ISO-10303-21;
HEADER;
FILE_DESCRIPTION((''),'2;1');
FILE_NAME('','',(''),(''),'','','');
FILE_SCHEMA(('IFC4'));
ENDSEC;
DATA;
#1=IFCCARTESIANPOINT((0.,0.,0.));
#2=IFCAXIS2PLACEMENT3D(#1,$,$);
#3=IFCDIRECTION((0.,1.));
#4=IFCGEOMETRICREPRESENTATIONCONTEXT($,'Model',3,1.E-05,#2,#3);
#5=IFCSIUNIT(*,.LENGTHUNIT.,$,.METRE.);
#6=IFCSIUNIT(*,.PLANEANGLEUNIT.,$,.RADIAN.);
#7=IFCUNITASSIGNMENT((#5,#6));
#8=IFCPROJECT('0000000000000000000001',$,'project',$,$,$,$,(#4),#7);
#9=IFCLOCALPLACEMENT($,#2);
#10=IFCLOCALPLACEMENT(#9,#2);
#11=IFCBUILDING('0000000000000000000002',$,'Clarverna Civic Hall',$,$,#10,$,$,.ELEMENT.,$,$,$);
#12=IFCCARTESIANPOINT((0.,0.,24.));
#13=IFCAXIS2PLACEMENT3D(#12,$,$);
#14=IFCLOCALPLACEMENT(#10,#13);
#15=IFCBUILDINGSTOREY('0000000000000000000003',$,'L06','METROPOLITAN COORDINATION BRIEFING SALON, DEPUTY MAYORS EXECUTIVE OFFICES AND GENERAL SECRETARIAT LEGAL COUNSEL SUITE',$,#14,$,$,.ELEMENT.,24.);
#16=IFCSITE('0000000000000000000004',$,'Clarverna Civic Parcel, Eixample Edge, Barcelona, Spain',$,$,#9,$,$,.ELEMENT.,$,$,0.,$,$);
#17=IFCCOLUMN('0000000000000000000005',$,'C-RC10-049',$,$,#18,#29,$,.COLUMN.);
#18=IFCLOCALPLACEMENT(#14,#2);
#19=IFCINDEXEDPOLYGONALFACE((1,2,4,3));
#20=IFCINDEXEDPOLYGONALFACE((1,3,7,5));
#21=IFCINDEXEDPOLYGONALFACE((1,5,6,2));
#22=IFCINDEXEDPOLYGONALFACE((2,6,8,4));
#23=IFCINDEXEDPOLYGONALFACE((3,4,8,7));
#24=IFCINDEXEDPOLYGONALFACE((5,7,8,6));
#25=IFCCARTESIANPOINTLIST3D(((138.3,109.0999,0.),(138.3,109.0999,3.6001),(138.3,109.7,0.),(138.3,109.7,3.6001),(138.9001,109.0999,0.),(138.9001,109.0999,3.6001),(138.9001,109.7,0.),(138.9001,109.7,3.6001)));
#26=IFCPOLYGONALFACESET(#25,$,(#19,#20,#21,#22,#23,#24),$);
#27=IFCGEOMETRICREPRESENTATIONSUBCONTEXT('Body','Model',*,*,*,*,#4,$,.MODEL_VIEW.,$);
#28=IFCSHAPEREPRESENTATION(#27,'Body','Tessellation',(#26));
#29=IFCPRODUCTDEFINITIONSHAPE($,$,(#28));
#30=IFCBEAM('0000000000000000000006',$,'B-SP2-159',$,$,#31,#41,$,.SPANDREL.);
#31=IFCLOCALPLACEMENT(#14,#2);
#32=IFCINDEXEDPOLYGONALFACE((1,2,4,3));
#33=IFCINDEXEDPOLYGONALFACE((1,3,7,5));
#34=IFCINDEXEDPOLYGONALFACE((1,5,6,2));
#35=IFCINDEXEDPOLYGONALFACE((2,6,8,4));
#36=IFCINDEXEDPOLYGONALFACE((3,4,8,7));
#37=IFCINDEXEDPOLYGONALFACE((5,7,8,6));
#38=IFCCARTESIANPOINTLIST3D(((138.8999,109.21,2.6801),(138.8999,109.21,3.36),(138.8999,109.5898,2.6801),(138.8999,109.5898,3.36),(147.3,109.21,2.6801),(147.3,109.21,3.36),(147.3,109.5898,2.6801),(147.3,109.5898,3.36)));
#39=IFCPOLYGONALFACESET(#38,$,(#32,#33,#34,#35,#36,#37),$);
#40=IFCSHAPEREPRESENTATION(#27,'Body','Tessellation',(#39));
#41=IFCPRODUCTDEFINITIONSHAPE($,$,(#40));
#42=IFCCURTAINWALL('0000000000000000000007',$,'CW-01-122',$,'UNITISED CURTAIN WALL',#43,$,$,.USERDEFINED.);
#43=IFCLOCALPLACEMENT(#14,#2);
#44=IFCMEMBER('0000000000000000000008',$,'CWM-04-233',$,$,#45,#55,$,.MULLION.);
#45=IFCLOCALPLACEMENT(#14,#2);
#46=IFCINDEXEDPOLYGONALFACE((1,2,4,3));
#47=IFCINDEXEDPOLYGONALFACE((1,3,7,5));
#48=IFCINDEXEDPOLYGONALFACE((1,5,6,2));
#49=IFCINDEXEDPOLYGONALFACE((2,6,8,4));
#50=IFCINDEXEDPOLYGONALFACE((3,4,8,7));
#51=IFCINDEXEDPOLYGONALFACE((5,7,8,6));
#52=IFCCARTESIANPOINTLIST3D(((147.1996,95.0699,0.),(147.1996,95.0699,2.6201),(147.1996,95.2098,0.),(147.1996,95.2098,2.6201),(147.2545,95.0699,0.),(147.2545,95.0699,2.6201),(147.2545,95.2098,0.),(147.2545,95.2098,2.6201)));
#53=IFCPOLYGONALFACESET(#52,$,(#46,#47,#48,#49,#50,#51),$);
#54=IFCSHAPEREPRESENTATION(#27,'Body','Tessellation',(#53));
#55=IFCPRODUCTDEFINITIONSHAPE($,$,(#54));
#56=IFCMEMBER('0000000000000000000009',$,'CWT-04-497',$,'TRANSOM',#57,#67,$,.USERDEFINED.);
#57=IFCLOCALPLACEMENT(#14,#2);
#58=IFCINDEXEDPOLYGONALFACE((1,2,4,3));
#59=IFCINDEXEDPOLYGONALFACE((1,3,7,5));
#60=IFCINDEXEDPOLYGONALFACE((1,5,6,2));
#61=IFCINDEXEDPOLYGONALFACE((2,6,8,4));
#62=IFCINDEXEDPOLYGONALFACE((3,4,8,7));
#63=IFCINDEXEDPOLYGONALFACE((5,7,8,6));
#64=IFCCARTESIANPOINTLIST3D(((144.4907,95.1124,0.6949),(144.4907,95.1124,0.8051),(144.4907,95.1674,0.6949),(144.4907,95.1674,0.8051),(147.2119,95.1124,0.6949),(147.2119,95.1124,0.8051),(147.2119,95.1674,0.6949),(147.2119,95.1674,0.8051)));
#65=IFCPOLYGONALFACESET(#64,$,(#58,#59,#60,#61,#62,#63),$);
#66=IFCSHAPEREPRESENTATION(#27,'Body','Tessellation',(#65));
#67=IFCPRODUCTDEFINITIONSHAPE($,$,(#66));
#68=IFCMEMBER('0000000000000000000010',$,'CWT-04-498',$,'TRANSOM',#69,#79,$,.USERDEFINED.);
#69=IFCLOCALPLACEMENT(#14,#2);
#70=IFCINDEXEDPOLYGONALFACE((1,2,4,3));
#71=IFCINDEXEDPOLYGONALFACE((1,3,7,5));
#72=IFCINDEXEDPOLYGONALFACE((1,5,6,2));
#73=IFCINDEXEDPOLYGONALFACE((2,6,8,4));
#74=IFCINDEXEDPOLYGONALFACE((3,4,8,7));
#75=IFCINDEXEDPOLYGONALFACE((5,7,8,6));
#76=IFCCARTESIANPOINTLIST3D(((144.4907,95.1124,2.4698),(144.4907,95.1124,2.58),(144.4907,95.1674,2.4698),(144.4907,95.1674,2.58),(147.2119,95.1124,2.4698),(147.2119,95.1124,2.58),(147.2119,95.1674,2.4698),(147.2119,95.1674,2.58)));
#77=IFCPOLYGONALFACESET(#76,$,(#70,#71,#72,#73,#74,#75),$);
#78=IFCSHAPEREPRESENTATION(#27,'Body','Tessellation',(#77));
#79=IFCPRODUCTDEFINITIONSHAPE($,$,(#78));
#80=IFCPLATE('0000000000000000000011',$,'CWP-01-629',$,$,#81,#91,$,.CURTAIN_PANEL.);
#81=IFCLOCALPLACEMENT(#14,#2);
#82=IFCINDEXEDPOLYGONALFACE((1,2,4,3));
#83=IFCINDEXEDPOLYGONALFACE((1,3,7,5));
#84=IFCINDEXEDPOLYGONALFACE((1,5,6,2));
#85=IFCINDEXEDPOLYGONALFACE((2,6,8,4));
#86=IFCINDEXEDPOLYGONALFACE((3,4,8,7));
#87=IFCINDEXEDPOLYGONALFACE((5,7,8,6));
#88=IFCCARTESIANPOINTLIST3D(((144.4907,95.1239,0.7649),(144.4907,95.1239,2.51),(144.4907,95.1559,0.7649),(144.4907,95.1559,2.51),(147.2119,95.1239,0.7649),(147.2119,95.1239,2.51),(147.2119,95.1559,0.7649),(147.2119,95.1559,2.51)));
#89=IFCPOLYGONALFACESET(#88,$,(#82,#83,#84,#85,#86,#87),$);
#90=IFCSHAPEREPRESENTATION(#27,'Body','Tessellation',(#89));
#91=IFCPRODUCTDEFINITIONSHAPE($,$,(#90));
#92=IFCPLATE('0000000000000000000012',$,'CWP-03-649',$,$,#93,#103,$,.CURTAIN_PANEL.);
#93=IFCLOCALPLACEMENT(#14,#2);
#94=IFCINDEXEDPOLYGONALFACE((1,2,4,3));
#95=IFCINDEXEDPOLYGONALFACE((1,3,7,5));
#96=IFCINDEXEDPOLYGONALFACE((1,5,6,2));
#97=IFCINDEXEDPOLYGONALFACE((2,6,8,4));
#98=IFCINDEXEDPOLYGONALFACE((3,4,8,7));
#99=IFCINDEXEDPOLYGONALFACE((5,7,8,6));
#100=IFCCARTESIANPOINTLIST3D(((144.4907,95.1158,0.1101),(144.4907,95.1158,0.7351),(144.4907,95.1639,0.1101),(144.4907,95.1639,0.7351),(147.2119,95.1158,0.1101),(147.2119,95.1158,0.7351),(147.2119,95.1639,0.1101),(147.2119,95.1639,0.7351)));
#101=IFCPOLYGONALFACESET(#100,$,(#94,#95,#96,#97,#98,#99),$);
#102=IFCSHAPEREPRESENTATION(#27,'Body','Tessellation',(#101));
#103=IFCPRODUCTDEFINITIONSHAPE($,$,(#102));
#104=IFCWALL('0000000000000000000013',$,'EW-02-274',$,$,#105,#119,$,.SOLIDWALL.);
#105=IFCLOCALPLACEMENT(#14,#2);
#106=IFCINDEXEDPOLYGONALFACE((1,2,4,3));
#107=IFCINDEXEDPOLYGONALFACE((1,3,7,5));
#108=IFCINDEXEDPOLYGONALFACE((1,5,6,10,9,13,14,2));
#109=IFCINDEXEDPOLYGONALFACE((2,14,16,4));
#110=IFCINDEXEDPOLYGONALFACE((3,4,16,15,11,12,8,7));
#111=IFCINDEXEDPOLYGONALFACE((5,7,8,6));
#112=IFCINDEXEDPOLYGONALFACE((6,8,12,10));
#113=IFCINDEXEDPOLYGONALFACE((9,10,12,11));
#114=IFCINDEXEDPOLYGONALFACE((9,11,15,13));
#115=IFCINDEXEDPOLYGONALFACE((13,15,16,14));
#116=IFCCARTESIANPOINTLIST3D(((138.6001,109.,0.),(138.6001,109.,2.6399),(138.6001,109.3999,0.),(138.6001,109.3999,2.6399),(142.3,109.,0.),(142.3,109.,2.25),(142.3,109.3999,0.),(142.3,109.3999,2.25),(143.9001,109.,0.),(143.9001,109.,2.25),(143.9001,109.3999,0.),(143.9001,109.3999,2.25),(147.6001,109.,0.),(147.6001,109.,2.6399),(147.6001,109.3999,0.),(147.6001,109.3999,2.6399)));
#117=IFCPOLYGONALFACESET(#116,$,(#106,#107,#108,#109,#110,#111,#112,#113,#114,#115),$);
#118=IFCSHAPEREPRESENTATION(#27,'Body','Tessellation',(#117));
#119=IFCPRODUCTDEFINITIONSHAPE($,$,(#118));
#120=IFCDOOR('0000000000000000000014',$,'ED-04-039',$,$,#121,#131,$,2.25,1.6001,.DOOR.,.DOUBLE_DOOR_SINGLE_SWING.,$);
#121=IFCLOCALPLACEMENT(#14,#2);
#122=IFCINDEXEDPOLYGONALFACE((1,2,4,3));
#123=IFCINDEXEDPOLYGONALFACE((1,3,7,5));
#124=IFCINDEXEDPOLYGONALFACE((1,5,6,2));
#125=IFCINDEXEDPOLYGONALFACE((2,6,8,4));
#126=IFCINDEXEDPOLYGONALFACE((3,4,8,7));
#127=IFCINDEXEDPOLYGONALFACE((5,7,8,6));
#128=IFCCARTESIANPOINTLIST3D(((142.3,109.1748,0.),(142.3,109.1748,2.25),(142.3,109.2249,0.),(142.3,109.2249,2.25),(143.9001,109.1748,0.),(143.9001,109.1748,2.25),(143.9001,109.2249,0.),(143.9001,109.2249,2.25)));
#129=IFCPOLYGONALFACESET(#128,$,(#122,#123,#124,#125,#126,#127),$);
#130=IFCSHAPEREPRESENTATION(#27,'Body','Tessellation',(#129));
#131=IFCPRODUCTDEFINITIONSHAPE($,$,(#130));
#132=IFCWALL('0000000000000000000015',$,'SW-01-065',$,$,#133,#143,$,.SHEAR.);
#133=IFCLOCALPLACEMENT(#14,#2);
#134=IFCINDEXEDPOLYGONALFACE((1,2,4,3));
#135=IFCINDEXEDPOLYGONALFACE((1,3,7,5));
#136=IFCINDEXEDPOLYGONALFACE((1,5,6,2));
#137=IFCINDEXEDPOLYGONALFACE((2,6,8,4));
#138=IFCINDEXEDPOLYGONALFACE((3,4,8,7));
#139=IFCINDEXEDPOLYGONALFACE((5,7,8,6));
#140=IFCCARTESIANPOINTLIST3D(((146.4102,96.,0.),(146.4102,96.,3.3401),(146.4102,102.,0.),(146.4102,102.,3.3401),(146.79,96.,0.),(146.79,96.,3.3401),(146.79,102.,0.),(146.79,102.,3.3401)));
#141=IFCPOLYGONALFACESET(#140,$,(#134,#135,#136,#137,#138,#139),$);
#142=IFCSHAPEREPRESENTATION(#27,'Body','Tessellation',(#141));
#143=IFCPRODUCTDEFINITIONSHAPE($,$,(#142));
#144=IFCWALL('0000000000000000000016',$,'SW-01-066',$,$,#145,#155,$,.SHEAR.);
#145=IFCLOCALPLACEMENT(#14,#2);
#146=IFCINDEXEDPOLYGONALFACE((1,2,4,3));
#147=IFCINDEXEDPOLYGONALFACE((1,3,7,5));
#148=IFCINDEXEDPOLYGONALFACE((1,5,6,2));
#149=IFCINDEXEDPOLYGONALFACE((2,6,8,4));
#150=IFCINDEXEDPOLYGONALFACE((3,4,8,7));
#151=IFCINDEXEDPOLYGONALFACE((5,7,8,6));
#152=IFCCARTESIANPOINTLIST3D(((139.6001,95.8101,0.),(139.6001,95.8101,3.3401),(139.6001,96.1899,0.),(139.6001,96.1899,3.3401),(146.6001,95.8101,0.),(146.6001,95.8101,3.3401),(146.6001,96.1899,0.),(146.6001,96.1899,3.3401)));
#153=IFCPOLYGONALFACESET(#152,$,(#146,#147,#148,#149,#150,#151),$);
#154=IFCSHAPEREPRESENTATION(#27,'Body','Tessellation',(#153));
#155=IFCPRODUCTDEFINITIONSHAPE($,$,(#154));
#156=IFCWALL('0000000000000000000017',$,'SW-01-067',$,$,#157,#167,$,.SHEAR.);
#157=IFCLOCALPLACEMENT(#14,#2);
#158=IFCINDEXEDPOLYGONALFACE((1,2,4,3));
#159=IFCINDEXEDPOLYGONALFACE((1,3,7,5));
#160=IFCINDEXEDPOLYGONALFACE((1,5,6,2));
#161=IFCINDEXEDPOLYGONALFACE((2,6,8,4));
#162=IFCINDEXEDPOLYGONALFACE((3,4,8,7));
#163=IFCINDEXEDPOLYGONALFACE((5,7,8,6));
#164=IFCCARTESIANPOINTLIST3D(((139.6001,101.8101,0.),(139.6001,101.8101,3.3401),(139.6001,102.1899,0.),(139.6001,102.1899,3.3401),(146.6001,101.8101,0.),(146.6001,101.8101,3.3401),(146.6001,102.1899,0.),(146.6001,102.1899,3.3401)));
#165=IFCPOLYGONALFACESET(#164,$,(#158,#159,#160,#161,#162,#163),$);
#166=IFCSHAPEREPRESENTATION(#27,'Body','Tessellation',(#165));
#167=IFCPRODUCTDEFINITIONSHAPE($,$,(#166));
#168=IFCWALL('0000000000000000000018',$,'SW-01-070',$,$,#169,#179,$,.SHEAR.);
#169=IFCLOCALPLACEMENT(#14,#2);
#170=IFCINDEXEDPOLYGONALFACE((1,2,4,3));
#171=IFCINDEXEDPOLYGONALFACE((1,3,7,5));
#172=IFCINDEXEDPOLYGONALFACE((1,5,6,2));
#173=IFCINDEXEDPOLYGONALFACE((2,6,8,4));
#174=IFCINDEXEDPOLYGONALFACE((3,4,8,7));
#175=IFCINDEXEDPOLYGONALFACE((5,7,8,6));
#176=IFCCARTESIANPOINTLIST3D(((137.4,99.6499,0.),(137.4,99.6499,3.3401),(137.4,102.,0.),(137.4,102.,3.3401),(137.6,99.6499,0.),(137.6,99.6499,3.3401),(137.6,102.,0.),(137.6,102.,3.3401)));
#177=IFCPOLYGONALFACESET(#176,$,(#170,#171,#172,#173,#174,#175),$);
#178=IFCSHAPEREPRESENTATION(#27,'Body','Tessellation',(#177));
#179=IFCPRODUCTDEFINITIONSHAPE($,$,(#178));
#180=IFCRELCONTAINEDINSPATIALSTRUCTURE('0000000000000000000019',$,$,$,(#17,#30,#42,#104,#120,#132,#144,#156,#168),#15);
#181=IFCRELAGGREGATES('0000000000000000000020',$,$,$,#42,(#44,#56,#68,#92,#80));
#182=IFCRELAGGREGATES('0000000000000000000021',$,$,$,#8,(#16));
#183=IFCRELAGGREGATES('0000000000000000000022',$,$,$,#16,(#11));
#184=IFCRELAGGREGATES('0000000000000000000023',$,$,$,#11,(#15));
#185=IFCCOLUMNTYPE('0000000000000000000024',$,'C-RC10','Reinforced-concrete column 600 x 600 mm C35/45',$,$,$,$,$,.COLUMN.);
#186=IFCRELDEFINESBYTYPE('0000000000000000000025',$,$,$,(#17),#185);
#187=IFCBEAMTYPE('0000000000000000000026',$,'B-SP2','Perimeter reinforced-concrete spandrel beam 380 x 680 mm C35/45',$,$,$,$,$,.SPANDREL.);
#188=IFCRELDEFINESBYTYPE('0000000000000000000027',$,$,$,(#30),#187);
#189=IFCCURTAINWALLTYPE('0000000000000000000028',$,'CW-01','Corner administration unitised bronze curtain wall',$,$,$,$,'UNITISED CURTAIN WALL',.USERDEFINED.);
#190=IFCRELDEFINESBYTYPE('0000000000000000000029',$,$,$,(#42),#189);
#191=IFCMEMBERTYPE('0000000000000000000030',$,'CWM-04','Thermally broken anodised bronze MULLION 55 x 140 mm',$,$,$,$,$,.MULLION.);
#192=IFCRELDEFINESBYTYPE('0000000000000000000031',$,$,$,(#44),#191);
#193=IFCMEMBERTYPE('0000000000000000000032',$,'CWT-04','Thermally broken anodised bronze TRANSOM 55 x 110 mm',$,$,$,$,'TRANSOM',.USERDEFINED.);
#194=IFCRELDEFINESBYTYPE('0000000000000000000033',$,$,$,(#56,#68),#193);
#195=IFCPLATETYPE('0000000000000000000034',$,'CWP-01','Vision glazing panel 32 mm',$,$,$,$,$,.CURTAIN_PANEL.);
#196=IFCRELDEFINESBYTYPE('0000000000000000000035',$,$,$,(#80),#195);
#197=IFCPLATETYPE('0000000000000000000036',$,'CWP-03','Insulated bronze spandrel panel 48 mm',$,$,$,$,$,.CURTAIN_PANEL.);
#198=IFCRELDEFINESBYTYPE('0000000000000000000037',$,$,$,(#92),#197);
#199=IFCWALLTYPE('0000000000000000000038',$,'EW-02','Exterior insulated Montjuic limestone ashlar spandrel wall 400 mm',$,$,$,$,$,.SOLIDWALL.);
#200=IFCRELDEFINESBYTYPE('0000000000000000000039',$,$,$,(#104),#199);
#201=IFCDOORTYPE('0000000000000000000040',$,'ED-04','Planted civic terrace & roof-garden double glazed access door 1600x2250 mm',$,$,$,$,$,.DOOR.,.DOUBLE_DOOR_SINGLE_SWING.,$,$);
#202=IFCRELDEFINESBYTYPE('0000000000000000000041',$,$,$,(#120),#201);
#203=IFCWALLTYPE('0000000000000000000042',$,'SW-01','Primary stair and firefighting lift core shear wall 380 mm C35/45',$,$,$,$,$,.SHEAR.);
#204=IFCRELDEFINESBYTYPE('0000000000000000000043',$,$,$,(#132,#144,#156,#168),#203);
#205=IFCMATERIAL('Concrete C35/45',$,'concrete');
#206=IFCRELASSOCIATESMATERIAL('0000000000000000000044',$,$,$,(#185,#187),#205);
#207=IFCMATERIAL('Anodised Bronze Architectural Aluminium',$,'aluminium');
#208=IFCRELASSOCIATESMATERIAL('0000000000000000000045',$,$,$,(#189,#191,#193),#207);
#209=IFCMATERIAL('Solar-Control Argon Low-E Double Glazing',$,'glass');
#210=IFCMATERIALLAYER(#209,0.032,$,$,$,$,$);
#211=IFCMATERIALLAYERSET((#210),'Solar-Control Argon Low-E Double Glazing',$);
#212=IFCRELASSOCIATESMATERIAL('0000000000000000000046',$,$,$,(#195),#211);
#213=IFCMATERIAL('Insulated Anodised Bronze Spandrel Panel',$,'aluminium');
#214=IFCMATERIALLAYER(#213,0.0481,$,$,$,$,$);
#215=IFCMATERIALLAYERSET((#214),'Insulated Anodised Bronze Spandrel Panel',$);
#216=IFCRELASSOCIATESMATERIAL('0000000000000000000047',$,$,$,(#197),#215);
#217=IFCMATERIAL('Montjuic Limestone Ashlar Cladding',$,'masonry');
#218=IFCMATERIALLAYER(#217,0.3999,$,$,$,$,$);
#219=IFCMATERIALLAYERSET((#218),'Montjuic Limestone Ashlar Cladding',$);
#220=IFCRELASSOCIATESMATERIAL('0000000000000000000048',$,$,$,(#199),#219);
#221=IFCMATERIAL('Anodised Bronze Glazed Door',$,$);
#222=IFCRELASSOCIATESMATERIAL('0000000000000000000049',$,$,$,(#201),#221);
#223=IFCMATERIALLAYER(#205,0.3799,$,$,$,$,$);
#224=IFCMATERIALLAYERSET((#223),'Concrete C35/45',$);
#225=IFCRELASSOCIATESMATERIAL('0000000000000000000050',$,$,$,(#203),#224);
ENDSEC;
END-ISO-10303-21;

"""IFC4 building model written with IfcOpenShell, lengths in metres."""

from ifc_helpers import new_model, si_unit, direction, frame, frame_2d, origin, origin_2d, place, context, subcontext, project, spatial, rectangle, extrude, material, layer, layer_set, material_profile, profile_set, type_object, element, fill, aggregate, save


model = new_model("IFC4")

# Units and contexts
model_context = context("Model", 3, precision=1e-05, world=origin(), true_north=direction((0.0, 1.0)))
body_context = subcontext(model_context, "Body", "Model", "MODEL_VIEW")
ifc_project = project(units=[si_unit("LENGTHUNIT", "METRE"), si_unit("PLANEANGLEUNIT", "RADIAN")], contexts=[model_context])

# Site, building, storey
site_placement = place(None, origin())
site = spatial("IfcSite", under=ifc_project, at=site_placement, Name="Clarverna Civic Parcel, Eixample Edge, Barcelona, Spain", CompositionType="ELEMENT", RefElevation=0.0)
building_placement = place(site_placement, origin())
building = spatial("IfcBuilding", under=site, at=building_placement, Name="Clarverna Civic Hall", CompositionType="ELEMENT")
storey_placement = place(building_placement, frame((0.0, 0.0, 24.0)))
storey = spatial("IfcBuildingStorey", under=building, at=storey_placement, Name="L06", Description="METROPOLITAN COORDINATION BRIEFING SALON, DEPUTY MAYORS EXECUTIVE OFFICES AND GENERAL SECRETARIAT LEGAL COUNSEL SUITE", CompositionType="ELEMENT", Elevation=24.0)

# Column
ifc_material_1 = material(Name="Concrete C35/45", Category="concrete")
ifc_material_profile_1 = material_profile(ifc_material_1, rectangle(XDim=0.6001, YDim=0.6001, at=origin_2d()), Name="RC 600x600")
ifc_profile_set_1 = profile_set([ifc_material_profile_1], Name="Concrete C35/45")
column_type = type_object("IfcColumnType", Name="C-RC10", Description="Reinforced-concrete column 600 x 600 mm C35/45", PredefinedType="COLUMN", material=ifc_profile_set_1)
column_placement = place(storey_placement, frame((138.6001, 109.3999, 0.0), z_axis=(0.0, 0.0, 1.0), x_axis=(1.0, 0.0, 0.0)))
element("IfcColumn", 1, at=column_placement, inside=storey, type_object=column_type, Name="C-RC10-049", PredefinedType="COLUMN", context=body_context, shape_type="SweptSolid", body=[
    extrude(rectangle(XDim=0.6001, YDim=0.6001, at=origin_2d()), origin(), (0.0, 0.0, 1.0), 3.6001),
])

# Beam
ifc_material_profile_2 = material_profile(ifc_material_1, rectangle(XDim=0.3799, YDim=0.6799, at=origin_2d()), Name="RC 380x680")
ifc_profile_set_2 = profile_set([ifc_material_profile_2], Name="Concrete C35/45")
beam_type = type_object("IfcBeamType", Name="B-SP2", Description="Perimeter reinforced-concrete spandrel beam 380 x 680 mm C35/45", PredefinedType="SPANDREL", material=ifc_profile_set_2)
beam_placement = place(storey_placement, frame((138.8999, 109.3999, 3.02), z_axis=(1.0, 0.0, 0.0), x_axis=(0.0, 1.0, 0.0)))
element("IfcBeam", 2, at=beam_placement, inside=storey, type_object=beam_type, Name="B-SP2-159", PredefinedType="SPANDREL", context=body_context, shape_type="SweptSolid", body=[
    extrude(rectangle(XDim=0.3799, YDim=0.6799, at=origin_2d()), origin(), (0.0, 0.0, 1.0), 8.4001),
])

# Curtain wall, members, plates
ifc_material_2 = material(Name="Anodised Bronze Architectural Aluminium", Category="aluminium")
curtain_wall_type = type_object("IfcCurtainWallType", Name="CW-01", Description="Corner administration unitised bronze curtain wall", ElementType="UNITISED CURTAIN WALL", PredefinedType="USERDEFINED", material=ifc_material_2)
curtain_wall_placement = place(storey_placement, origin())
curtain_wall = element("IfcCurtainWall", 3, at=curtain_wall_placement, inside=storey, type_object=curtain_wall_type, Name="CW-01-122", ObjectType="UNITISED CURTAIN WALL", PredefinedType="USERDEFINED")
ifc_material_profile_3 = material_profile(ifc_material_2, rectangle(XDim=0.0549, YDim=0.1399, at=origin_2d()), Name="BRONZE 55x140")
ifc_profile_set_3 = profile_set([ifc_material_profile_3], Name="Anodised Bronze Architectural Aluminium")
member_type_1 = type_object("IfcMemberType", Name="CWM-04", Description="Thermally broken anodised bronze MULLION 55 x 140 mm", PredefinedType="MULLION", material=ifc_profile_set_3)
member_1_placement = place(storey_placement, frame((147.2271, 95.1399, 0.0), z_axis=(0.0, 0.0, 1.0), x_axis=(1.0, 0.0, 0.0)))
member_1 = element("IfcMember", 4, at=member_1_placement, type_object=member_type_1, Name="CWM-04-233", PredefinedType="MULLION", context=body_context, shape_type="SweptSolid", body=[
    extrude(rectangle(XDim=0.0549, YDim=0.1399, at=origin_2d()), origin(), (0.0, 0.0, 1.0), 2.6201),
])
ifc_material_profile_4 = material_profile(ifc_material_2, rectangle(XDim=0.0549, YDim=0.1101, at=origin_2d()), Name="BRONZE 55x110")
ifc_profile_set_4 = profile_set([ifc_material_profile_4], Name="Anodised Bronze Architectural Aluminium")
member_type_2 = type_object("IfcMemberType", Name="CWT-04", Description="Thermally broken anodised bronze TRANSOM 55 x 110 mm", ElementType="TRANSOM", PredefinedType="USERDEFINED", material=ifc_profile_set_4)
member_2_placement = place(storey_placement, frame((147.2119, 95.1399, 0.75), z_axis=(-1.0, 0.0, 0.0), x_axis=(0.0, -1.0, 0.0)))
member_2 = element("IfcMember", 5, at=member_2_placement, type_object=member_type_2, Name="CWT-04-497", ObjectType="TRANSOM", PredefinedType="USERDEFINED", context=body_context, shape_type="SweptSolid", body=[
    extrude(rectangle(XDim=0.0549, YDim=0.1101, at=origin_2d()), origin(), (0.0, 0.0, 1.0), 2.7212),
])
member_3_placement = place(storey_placement, frame((147.2119, 95.1399, 2.5249), z_axis=(-1.0, 0.0, 0.0), x_axis=(0.0, -1.0, 0.0)))
member_3 = element("IfcMember", 6, at=member_3_placement, type_object=member_type_2, Name="CWT-04-498", ObjectType="TRANSOM", PredefinedType="USERDEFINED", context=body_context, shape_type="SweptSolid", body=[
    extrude(rectangle(XDim=0.0549, YDim=0.1101, at=origin_2d()), origin(), (0.0, 0.0, 1.0), 2.7212),
])
ifc_material_3 = material(Name="Solar-Control Argon Low-E Double Glazing", Category="glass")
ifc_layer_1 = layer(ifc_material_3, 0.032)
ifc_layer_set_1 = layer_set([ifc_layer_1], Name="Solar-Control Argon Low-E Double Glazing")
plate_type_1 = type_object("IfcPlateType", Name="CWP-01", Description="Vision glazing panel 32 mm", PredefinedType="CURTAIN_PANEL", material=ifc_layer_set_1)
plate_1_placement = place(storey_placement, frame((147.2119, 95.1399, 0.7649), z_axis=(0.0, 0.0, 1.0), x_axis=(-1.0, 0.0, 0.0)))
plate_1 = element("IfcPlate", 7, at=plate_1_placement, type_object=plate_type_1, Name="CWP-01-629", PredefinedType="CURTAIN_PANEL", context=body_context, shape_type="SweptSolid", body=[
    extrude(rectangle(XDim=2.7212, YDim=0.032, at=frame_2d((1.3606, 0.0))), origin(), (0.0, 0.0, 1.0), 1.7451),
])
ifc_material_4 = material(Name="Insulated Anodised Bronze Spandrel Panel", Category="aluminium")
ifc_layer_2 = layer(ifc_material_4, 0.0481)
ifc_layer_set_2 = layer_set([ifc_layer_2], Name="Insulated Anodised Bronze Spandrel Panel")
plate_type_2 = type_object("IfcPlateType", Name="CWP-03", Description="Insulated bronze spandrel panel 48 mm", PredefinedType="CURTAIN_PANEL", material=ifc_layer_set_2)
plate_2_placement = place(storey_placement, frame((147.2119, 95.1399, 0.1101), z_axis=(0.0, 0.0, 1.0), x_axis=(-1.0, 0.0, 0.0)))
plate_2 = element("IfcPlate", 8, at=plate_2_placement, type_object=plate_type_2, Name="CWP-03-649", PredefinedType="CURTAIN_PANEL", context=body_context, shape_type="SweptSolid", body=[
    extrude(rectangle(XDim=2.7212, YDim=0.0481, at=frame_2d((1.3606, 0.0))), origin(), (0.0, 0.0, 1.0), 0.625),
])
aggregate(curtain_wall, [member_1, member_2, member_3, plate_2, plate_1])

# Wall, opening, door
ifc_material_5 = material(Name="Montjuic Limestone Ashlar Cladding", Category="masonry")
ifc_layer_3 = layer(ifc_material_5, 0.3999)
ifc_layer_set_3 = layer_set([ifc_layer_3], Name="Montjuic Limestone Ashlar Cladding")
wall_type_1 = type_object("IfcWallType", Name="EW-02", Description="Exterior insulated Montjuic limestone ashlar spandrel wall 400 mm", PredefinedType="SOLIDWALL", material=ifc_layer_set_3)
wall_1_placement = place(storey_placement, frame((138.6001, 109.2, 0.0), z_axis=(0.0, 0.0, 1.0), x_axis=(1.0, 0.0, 0.0)))
wall_1 = element("IfcWall", 9, at=wall_1_placement, inside=storey, type_object=wall_type_1, Name="EW-02-274", PredefinedType="SOLIDWALL", context=body_context, shape_type="SweptSolid", body=[
    extrude(rectangle(XDim=9.0, YDim=0.3999, at=frame_2d((4.5, 0.0))), origin(), (0.0, 0.0, 1.0), 2.6399),
])
opening_1_placement = place(wall_1_placement, frame((3.7, 0.0, 0.0)))
opening_1 = element("IfcOpeningElement", 10, at=opening_1_placement, cuts=wall_1, PredefinedType="OPENING", context=body_context, shape_type="SweptSolid", body=[
    extrude(rectangle(XDim=1.6001, YDim=2.25, at=frame_2d((0.8, 1.125))), frame((0.0, 0.21, 0.0), z_axis=(0.0, -1.0, 0.0), x_axis=(1.0, 0.0, 0.0)), (0.0, 0.0, 1.0), 0.4199),
])
ifc_material_6 = material(Name="Anodised Bronze Glazed Door")
door_type_1 = type_object("IfcDoorType", Name="ED-04", Description="Planted civic terrace & roof-garden double glazed access door 1600x2250 mm", OperationType="DOUBLE_DOOR_SINGLE_SWING", PredefinedType="DOOR", material=ifc_material_6)
door_1_placement = place(opening_1_placement, origin())
door_1 = element("IfcDoor", 11, at=door_1_placement, inside=storey, type_object=door_type_1, Name="ED-04-039", OperationType="DOUBLE_DOOR_SINGLE_SWING", OverallHeight=2.25, OverallWidth=1.6001, PredefinedType="DOOR", context=body_context, shape_type="SweptSolid", body=[
    extrude(rectangle(XDim=1.6001, YDim=2.25, at=frame_2d((0.8, 1.125))), frame((0.0, 0.0249, 0.0), z_axis=(0.0, -1.0, 0.0), x_axis=(1.0, 0.0, 0.0)), (0.0, 0.0, 1.0), 0.05),
])
fill(opening_1, door_1)
ifc_layer_4 = layer(ifc_material_1, 0.3799)
ifc_layer_set_4 = layer_set([ifc_layer_4], Name="Concrete C35/45")
wall_type_2 = type_object("IfcWallType", Name="SW-01", Description="Primary stair and firefighting lift core shear wall 380 mm C35/45", PredefinedType="SHEAR", material=ifc_layer_set_4)

# Walls
wall_2_placement = place(storey_placement, frame((146.6001, 96.0, 0.0), z_axis=(0.0, 0.0, 1.0), x_axis=(0.0, 1.0, 0.0)))
element("IfcWall", 12, at=wall_2_placement, inside=storey, type_object=wall_type_2, Name="SW-01-065", PredefinedType="SHEAR", context=body_context, shape_type="SweptSolid", body=[
    extrude(rectangle(XDim=6.0, YDim=0.3799, at=frame_2d((3.0, 0.0))), origin(), (0.0, 0.0, 1.0), 3.3401),
])
for number, where, z_axis, x_axis, name in (
    (13, (139.6001, 96.0, 0.0), (0.0, 0.0, 1.0), (1.0, 0.0, 0.0), "SW-01-066"),
    (14, (139.6001, 102.0, 0.0), (0.0, 0.0, 1.0), (1.0, 0.0, 0.0), "SW-01-067"),
):
    element("IfcWall", number, at=place(storey_placement, frame(where, z_axis=z_axis, x_axis=x_axis)), inside=storey, type_object=wall_type_2, Name=name, PredefinedType="SHEAR", context=body_context, shape_type="SweptSolid", body=[
        extrude(rectangle(XDim=7.0, YDim=0.3799, at=frame_2d((3.5, 0.0))), origin(), (0.0, 0.0, 1.0), 3.3401),
    ])
wall_3_placement = place(storey_placement, frame((137.5, 99.6499, 0.0), z_axis=(0.0, 0.0, 1.0), x_axis=(0.0, 1.0, 0.0)))
element("IfcWall", 15, at=wall_3_placement, inside=storey, type_object=wall_type_2, Name="SW-01-070", PredefinedType="SHEAR", context=body_context, shape_type="SweptSolid", body=[
    extrude(rectangle(XDim=2.3501, YDim=0.2, at=frame_2d((1.175, 0.0))), origin(), (0.0, 0.0, 1.0), 3.3401),
])

save(model, "model.ifc")
